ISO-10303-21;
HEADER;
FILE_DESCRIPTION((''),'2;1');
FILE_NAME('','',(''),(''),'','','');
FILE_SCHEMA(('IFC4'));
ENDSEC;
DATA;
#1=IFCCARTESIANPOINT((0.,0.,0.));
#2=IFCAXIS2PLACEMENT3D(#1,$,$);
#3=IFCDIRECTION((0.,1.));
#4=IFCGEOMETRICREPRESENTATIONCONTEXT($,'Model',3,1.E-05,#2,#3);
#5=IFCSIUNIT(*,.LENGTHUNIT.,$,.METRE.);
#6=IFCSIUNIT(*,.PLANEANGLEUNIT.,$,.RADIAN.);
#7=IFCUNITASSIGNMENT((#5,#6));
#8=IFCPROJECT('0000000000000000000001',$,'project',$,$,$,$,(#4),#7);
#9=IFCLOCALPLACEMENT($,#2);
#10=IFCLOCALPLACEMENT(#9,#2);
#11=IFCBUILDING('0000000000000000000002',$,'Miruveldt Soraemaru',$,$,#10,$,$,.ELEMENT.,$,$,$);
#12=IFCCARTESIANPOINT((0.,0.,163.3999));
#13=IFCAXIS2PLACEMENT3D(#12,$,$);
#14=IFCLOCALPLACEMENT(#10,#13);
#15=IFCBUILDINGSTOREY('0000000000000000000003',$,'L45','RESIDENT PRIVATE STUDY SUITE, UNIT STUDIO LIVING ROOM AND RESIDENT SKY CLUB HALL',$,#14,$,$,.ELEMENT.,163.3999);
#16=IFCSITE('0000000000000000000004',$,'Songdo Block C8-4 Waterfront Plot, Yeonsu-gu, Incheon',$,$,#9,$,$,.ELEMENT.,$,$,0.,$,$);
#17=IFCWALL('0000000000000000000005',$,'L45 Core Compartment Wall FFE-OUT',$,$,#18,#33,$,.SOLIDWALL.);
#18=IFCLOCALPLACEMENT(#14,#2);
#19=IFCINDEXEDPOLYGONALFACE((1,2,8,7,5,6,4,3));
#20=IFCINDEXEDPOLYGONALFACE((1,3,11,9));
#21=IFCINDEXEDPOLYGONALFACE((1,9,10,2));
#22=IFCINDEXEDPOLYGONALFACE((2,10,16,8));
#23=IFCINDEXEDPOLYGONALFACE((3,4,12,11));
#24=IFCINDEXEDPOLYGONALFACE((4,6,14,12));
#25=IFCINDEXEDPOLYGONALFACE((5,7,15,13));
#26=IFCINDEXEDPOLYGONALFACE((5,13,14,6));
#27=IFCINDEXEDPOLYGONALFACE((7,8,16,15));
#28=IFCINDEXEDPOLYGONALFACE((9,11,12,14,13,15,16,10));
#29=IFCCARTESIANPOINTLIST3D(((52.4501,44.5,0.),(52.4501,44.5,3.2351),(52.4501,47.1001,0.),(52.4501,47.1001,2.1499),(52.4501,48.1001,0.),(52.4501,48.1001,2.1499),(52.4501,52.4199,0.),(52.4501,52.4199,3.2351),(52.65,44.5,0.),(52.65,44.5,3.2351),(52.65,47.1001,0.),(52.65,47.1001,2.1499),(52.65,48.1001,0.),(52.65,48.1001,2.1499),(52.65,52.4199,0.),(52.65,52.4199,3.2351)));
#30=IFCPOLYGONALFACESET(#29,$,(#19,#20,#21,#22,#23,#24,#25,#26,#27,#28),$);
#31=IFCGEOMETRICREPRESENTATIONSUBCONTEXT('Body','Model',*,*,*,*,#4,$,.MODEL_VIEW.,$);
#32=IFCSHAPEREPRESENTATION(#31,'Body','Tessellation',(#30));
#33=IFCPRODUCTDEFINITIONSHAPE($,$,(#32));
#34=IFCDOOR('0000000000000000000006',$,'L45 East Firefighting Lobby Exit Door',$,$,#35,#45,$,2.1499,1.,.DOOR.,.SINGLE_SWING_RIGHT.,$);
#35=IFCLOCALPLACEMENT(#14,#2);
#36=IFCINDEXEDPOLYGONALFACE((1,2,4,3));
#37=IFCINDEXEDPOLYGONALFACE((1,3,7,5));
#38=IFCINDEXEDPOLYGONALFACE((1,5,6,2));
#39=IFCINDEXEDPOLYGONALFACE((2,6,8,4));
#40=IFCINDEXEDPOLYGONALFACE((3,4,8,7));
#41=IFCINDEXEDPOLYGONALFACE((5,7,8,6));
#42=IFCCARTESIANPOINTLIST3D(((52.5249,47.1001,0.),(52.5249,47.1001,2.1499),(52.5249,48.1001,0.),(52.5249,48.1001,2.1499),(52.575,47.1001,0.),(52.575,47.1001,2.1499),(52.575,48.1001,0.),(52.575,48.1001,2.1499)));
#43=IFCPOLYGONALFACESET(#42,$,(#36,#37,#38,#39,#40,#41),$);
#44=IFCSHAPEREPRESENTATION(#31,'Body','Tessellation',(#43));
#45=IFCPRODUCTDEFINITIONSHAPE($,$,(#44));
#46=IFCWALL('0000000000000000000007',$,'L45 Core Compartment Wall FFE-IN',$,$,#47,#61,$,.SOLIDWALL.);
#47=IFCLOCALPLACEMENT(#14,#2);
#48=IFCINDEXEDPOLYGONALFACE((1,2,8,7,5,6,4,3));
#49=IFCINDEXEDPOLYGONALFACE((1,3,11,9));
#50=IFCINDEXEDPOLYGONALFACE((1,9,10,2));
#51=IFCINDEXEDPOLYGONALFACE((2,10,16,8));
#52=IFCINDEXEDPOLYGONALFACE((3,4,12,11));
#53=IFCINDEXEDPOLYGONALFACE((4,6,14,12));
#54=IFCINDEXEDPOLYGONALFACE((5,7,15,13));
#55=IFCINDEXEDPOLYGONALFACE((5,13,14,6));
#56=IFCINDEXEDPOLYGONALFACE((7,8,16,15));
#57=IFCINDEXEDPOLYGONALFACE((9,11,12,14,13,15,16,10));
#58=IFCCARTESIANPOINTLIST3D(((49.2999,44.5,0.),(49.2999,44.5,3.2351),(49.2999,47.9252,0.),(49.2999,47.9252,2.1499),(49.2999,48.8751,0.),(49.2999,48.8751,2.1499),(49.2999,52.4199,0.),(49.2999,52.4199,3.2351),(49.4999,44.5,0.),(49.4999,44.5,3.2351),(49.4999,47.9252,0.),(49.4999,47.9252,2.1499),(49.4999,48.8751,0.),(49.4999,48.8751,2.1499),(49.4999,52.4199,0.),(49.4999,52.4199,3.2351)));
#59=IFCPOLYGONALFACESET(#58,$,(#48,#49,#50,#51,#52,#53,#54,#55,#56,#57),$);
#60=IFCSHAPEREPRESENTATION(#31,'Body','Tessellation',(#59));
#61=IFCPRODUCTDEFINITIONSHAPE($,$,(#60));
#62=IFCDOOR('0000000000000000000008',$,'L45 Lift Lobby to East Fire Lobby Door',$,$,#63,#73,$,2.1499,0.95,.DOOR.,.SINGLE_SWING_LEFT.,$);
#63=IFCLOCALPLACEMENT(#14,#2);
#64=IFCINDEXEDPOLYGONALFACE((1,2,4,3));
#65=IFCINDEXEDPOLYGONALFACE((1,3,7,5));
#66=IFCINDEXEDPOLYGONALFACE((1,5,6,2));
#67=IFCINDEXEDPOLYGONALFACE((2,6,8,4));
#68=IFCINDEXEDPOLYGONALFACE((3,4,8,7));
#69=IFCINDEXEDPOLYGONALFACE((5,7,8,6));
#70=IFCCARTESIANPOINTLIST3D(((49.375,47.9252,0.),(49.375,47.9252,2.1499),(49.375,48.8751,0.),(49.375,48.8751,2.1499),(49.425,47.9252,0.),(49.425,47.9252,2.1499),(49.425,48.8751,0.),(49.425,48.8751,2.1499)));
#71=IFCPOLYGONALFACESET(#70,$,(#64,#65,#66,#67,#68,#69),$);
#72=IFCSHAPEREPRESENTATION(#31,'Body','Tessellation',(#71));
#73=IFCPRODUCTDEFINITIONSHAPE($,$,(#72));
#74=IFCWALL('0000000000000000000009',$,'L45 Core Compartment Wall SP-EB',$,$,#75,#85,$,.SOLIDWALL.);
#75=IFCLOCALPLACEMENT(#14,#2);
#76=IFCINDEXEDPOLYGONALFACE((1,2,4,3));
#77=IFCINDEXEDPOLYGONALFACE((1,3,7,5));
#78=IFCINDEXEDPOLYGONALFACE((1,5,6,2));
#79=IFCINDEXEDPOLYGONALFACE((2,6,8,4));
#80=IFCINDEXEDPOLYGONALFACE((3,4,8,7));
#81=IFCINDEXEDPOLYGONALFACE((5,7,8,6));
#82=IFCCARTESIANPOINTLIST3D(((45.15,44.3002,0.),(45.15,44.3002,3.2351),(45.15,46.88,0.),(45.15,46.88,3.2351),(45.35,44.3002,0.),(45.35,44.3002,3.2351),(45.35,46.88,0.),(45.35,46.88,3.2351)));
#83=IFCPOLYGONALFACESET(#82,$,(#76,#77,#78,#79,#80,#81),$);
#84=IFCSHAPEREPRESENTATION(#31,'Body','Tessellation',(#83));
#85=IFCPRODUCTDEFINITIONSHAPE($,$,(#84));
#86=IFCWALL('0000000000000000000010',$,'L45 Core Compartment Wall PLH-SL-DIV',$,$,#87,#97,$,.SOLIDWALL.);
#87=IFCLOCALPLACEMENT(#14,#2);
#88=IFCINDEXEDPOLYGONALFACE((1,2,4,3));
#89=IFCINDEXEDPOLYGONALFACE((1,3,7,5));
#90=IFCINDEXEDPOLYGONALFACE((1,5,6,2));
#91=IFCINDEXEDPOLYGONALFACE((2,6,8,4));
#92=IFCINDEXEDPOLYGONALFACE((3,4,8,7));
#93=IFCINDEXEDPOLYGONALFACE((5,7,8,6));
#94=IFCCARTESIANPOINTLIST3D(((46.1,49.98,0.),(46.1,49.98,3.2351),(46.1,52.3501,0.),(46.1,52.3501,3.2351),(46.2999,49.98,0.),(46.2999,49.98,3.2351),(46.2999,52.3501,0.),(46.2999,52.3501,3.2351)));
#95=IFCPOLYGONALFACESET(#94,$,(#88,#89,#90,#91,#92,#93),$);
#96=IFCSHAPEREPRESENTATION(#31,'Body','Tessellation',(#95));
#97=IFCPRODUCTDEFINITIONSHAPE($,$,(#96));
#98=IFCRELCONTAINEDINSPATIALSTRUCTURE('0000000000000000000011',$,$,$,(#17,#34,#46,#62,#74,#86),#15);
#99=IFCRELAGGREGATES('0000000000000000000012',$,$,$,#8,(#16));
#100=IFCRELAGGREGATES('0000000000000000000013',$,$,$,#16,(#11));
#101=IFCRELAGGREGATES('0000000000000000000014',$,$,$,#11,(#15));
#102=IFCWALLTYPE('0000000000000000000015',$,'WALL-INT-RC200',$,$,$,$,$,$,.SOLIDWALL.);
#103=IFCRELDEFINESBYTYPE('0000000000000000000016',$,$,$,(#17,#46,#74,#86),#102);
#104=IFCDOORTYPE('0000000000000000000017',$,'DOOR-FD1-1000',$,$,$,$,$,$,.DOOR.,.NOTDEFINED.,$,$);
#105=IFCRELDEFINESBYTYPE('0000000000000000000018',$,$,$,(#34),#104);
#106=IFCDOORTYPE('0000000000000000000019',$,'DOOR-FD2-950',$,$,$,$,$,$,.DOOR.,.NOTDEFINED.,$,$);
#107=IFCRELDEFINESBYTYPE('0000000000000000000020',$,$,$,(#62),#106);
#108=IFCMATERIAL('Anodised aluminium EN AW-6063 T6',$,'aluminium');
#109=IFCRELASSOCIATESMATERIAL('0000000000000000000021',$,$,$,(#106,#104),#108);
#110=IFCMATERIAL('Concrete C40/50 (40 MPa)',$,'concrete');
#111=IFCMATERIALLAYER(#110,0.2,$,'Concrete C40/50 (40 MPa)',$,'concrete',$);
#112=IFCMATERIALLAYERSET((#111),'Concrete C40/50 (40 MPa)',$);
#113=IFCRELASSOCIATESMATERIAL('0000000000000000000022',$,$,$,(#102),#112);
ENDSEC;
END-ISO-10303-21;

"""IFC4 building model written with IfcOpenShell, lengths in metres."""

from ifc_helpers import new_model, si_unit, direction, frame, frame_2d, origin, place, context, subcontext, project, spatial, rectangle, extrude, material, layer, layer_set, type_object, element, fill, save


model = new_model("IFC4")

# Units and contexts
model_context = context("Model", 3, precision=1e-05, world=origin(), true_north=direction((0.0, 1.0)))
body_context = subcontext(model_context, "Body", "Model", "MODEL_VIEW")
ifc_project = project(units=[si_unit("LENGTHUNIT", "METRE"), si_unit("PLANEANGLEUNIT", "RADIAN")], contexts=[model_context])

# Site, building, storey
site_placement = place(None, origin())
site = spatial("IfcSite", under=ifc_project, at=site_placement, Name="Songdo Block C8-4 Waterfront Plot, Yeonsu-gu, Incheon", CompositionType="ELEMENT", RefElevation=0.0)
building_placement = place(site_placement, origin())
building = spatial("IfcBuilding", under=site, at=building_placement, Name="Miruveldt Soraemaru", CompositionType="ELEMENT")
storey_placement = place(building_placement, frame((0.0, 0.0, 163.3999)))
storey = spatial("IfcBuildingStorey", under=building, at=storey_placement, Name="L45", Description="RESIDENT PRIVATE STUDY SUITE, UNIT STUDIO LIVING ROOM AND RESIDENT SKY CLUB HALL", CompositionType="ELEMENT", Elevation=163.3999)

# Shared definitions
ifc_material_1 = material(Name="Concrete C40/50 (40 MPa)", Category="concrete")
ifc_material_2 = material(Name="Anodised aluminium EN AW-6063 T6", Category="aluminium")
door_type_1 = type_object("IfcDoorType", Name="DOOR-FD2-950", OperationType="NOTDEFINED", PredefinedType="DOOR", material=ifc_material_2)

# Walls, openings, doors
ifc_layer_1 = layer(ifc_material_1, 0.2, Name="Concrete C40/50 (40 MPa)", Category="concrete")
ifc_layer_set_1 = layer_set([ifc_layer_1], Name="Concrete C40/50 (40 MPa)")
wall_type_1 = type_object("IfcWallType", Name="WALL-INT-RC200", PredefinedType="SOLIDWALL", material=ifc_layer_set_1)
wall_1_placement = place(storey_placement, frame((52.55, 44.5, 0.0), z_axis=(0.0, 0.0, 1.0), x_axis=(0.0, 1.0, 0.0)))
wall_1 = element("IfcWall", 1, at=wall_1_placement, inside=storey, type_object=wall_type_1, Name="L45 Core Compartment Wall FFE-OUT", PredefinedType="SOLIDWALL", context=body_context, shape_type="SweptSolid", body=[
    extrude(rectangle(XDim=7.9199, YDim=0.2, at=frame_2d((3.96, 0.0))), origin(), (0.0, 0.0, 1.0), 3.2351),
])
opening_1_placement = place(wall_1_placement, frame((2.6001, 0.0, 0.0)))
opening_1 = element("IfcOpeningElement", 2, at=opening_1_placement, cuts=wall_1, PredefinedType="OPENING", context=body_context, shape_type="SweptSolid", body=[
    extrude(rectangle(XDim=1.0, YDim=2.1499, at=frame_2d((0.5, 1.075))), frame((0.0, 0.1099, 0.0), z_axis=(0.0, -1.0, 0.0), x_axis=(1.0, 0.0, 0.0)), (0.0, 0.0, 1.0), 0.22),
])
door_type_2 = type_object("IfcDoorType", Name="DOOR-FD1-1000", OperationType="NOTDEFINED", PredefinedType="DOOR", material=ifc_material_2)
door_1_placement = place(opening_1_placement, frame((1.0, 0.0, 0.0), z_axis=(0.0, 0.0, 1.0), x_axis=(-1.0, 0.0, 0.0)))
door_1 = element("IfcDoor", 3, at=door_1_placement, inside=storey, type_object=door_type_2, Name="L45 East Firefighting Lobby Exit Door", OperationType="SINGLE_SWING_RIGHT", OverallHeight=2.1499, OverallWidth=1.0, PredefinedType="DOOR", context=body_context, shape_type="SweptSolid", body=[
    extrude(rectangle(XDim=1.0, YDim=2.1499, at=frame_2d((0.5, 1.075))), frame((0.0, 0.0249, 0.0), z_axis=(0.0, -1.0, 0.0), x_axis=(1.0, 0.0, 0.0)), (0.0, 0.0, 1.0), 0.05),
])
fill(opening_1, door_1)
wall_2_placement = place(storey_placement, frame((49.3999, 44.5, 0.0), z_axis=(0.0, 0.0, 1.0), x_axis=(0.0, 1.0, 0.0)))
wall_2 = element("IfcWall", 4, at=wall_2_placement, inside=storey, type_object=wall_type_1, Name="L45 Core Compartment Wall FFE-IN", PredefinedType="SOLIDWALL", context=body_context, shape_type="SweptSolid", body=[
    extrude(rectangle(XDim=7.9199, YDim=0.2, at=frame_2d((3.96, 0.0))), origin(), (0.0, 0.0, 1.0), 3.2351),
])
opening_2_placement = place(wall_2_placement, frame((3.425, 0.0, 0.0)))
opening_2 = element("IfcOpeningElement", 5, at=opening_2_placement, cuts=wall_2, PredefinedType="OPENING", context=body_context, shape_type="SweptSolid", body=[
    extrude(rectangle(XDim=0.95, YDim=2.1499, at=frame_2d((0.4751, 1.075))), frame((0.0, 0.1099, 0.0), z_axis=(0.0, -1.0, 0.0), x_axis=(1.0, 0.0, 0.0)), (0.0, 0.0, 1.0), 0.22),
])
door_2_placement = place(opening_2_placement, origin())
door_2 = element("IfcDoor", 6, at=door_2_placement, inside=storey, type_object=door_type_1, Name="L45 Lift Lobby to East Fire Lobby Door", OperationType="SINGLE_SWING_LEFT", OverallHeight=2.1499, OverallWidth=0.95, PredefinedType="DOOR", context=body_context, shape_type="SweptSolid", body=[
    extrude(rectangle(XDim=0.95, YDim=2.1499, at=frame_2d((0.4751, 1.075))), frame((0.0, 0.0249, 0.0), z_axis=(0.0, -1.0, 0.0), x_axis=(1.0, 0.0, 0.0)), (0.0, 0.0, 1.0), 0.05),
])
fill(opening_2, door_2)

# Walls
wall_3_placement = place(storey_placement, frame((45.25, 44.3, 0.0), z_axis=(0.0, 0.0, 1.0), x_axis=(0.0, 1.0, 0.0)))
element("IfcWall", 7, at=wall_3_placement, inside=storey, type_object=wall_type_1, Name="L45 Core Compartment Wall SP-EB", PredefinedType="SOLIDWALL", context=body_context, shape_type="SweptSolid", body=[
    extrude(rectangle(XDim=2.5798, YDim=0.2, at=frame_2d((1.29, 0.0))), origin(), (0.0, 0.0, 1.0), 3.2351),
])
wall_4_placement = place(storey_placement, frame((46.2, 49.98, 0.0), z_axis=(0.0, 0.0, 1.0), x_axis=(0.0, 1.0, 0.0)))
element("IfcWall", 8, at=wall_4_placement, inside=storey, type_object=wall_type_1, Name="L45 Core Compartment Wall PLH-SL-DIV", PredefinedType="SOLIDWALL", context=body_context, shape_type="SweptSolid", body=[
    extrude(rectangle(XDim=2.3701, YDim=0.2, at=frame_2d((1.1851, 0.0))), origin(), (0.0, 0.0, 1.0), 3.2351),
])

save(model, "model.ifc")
